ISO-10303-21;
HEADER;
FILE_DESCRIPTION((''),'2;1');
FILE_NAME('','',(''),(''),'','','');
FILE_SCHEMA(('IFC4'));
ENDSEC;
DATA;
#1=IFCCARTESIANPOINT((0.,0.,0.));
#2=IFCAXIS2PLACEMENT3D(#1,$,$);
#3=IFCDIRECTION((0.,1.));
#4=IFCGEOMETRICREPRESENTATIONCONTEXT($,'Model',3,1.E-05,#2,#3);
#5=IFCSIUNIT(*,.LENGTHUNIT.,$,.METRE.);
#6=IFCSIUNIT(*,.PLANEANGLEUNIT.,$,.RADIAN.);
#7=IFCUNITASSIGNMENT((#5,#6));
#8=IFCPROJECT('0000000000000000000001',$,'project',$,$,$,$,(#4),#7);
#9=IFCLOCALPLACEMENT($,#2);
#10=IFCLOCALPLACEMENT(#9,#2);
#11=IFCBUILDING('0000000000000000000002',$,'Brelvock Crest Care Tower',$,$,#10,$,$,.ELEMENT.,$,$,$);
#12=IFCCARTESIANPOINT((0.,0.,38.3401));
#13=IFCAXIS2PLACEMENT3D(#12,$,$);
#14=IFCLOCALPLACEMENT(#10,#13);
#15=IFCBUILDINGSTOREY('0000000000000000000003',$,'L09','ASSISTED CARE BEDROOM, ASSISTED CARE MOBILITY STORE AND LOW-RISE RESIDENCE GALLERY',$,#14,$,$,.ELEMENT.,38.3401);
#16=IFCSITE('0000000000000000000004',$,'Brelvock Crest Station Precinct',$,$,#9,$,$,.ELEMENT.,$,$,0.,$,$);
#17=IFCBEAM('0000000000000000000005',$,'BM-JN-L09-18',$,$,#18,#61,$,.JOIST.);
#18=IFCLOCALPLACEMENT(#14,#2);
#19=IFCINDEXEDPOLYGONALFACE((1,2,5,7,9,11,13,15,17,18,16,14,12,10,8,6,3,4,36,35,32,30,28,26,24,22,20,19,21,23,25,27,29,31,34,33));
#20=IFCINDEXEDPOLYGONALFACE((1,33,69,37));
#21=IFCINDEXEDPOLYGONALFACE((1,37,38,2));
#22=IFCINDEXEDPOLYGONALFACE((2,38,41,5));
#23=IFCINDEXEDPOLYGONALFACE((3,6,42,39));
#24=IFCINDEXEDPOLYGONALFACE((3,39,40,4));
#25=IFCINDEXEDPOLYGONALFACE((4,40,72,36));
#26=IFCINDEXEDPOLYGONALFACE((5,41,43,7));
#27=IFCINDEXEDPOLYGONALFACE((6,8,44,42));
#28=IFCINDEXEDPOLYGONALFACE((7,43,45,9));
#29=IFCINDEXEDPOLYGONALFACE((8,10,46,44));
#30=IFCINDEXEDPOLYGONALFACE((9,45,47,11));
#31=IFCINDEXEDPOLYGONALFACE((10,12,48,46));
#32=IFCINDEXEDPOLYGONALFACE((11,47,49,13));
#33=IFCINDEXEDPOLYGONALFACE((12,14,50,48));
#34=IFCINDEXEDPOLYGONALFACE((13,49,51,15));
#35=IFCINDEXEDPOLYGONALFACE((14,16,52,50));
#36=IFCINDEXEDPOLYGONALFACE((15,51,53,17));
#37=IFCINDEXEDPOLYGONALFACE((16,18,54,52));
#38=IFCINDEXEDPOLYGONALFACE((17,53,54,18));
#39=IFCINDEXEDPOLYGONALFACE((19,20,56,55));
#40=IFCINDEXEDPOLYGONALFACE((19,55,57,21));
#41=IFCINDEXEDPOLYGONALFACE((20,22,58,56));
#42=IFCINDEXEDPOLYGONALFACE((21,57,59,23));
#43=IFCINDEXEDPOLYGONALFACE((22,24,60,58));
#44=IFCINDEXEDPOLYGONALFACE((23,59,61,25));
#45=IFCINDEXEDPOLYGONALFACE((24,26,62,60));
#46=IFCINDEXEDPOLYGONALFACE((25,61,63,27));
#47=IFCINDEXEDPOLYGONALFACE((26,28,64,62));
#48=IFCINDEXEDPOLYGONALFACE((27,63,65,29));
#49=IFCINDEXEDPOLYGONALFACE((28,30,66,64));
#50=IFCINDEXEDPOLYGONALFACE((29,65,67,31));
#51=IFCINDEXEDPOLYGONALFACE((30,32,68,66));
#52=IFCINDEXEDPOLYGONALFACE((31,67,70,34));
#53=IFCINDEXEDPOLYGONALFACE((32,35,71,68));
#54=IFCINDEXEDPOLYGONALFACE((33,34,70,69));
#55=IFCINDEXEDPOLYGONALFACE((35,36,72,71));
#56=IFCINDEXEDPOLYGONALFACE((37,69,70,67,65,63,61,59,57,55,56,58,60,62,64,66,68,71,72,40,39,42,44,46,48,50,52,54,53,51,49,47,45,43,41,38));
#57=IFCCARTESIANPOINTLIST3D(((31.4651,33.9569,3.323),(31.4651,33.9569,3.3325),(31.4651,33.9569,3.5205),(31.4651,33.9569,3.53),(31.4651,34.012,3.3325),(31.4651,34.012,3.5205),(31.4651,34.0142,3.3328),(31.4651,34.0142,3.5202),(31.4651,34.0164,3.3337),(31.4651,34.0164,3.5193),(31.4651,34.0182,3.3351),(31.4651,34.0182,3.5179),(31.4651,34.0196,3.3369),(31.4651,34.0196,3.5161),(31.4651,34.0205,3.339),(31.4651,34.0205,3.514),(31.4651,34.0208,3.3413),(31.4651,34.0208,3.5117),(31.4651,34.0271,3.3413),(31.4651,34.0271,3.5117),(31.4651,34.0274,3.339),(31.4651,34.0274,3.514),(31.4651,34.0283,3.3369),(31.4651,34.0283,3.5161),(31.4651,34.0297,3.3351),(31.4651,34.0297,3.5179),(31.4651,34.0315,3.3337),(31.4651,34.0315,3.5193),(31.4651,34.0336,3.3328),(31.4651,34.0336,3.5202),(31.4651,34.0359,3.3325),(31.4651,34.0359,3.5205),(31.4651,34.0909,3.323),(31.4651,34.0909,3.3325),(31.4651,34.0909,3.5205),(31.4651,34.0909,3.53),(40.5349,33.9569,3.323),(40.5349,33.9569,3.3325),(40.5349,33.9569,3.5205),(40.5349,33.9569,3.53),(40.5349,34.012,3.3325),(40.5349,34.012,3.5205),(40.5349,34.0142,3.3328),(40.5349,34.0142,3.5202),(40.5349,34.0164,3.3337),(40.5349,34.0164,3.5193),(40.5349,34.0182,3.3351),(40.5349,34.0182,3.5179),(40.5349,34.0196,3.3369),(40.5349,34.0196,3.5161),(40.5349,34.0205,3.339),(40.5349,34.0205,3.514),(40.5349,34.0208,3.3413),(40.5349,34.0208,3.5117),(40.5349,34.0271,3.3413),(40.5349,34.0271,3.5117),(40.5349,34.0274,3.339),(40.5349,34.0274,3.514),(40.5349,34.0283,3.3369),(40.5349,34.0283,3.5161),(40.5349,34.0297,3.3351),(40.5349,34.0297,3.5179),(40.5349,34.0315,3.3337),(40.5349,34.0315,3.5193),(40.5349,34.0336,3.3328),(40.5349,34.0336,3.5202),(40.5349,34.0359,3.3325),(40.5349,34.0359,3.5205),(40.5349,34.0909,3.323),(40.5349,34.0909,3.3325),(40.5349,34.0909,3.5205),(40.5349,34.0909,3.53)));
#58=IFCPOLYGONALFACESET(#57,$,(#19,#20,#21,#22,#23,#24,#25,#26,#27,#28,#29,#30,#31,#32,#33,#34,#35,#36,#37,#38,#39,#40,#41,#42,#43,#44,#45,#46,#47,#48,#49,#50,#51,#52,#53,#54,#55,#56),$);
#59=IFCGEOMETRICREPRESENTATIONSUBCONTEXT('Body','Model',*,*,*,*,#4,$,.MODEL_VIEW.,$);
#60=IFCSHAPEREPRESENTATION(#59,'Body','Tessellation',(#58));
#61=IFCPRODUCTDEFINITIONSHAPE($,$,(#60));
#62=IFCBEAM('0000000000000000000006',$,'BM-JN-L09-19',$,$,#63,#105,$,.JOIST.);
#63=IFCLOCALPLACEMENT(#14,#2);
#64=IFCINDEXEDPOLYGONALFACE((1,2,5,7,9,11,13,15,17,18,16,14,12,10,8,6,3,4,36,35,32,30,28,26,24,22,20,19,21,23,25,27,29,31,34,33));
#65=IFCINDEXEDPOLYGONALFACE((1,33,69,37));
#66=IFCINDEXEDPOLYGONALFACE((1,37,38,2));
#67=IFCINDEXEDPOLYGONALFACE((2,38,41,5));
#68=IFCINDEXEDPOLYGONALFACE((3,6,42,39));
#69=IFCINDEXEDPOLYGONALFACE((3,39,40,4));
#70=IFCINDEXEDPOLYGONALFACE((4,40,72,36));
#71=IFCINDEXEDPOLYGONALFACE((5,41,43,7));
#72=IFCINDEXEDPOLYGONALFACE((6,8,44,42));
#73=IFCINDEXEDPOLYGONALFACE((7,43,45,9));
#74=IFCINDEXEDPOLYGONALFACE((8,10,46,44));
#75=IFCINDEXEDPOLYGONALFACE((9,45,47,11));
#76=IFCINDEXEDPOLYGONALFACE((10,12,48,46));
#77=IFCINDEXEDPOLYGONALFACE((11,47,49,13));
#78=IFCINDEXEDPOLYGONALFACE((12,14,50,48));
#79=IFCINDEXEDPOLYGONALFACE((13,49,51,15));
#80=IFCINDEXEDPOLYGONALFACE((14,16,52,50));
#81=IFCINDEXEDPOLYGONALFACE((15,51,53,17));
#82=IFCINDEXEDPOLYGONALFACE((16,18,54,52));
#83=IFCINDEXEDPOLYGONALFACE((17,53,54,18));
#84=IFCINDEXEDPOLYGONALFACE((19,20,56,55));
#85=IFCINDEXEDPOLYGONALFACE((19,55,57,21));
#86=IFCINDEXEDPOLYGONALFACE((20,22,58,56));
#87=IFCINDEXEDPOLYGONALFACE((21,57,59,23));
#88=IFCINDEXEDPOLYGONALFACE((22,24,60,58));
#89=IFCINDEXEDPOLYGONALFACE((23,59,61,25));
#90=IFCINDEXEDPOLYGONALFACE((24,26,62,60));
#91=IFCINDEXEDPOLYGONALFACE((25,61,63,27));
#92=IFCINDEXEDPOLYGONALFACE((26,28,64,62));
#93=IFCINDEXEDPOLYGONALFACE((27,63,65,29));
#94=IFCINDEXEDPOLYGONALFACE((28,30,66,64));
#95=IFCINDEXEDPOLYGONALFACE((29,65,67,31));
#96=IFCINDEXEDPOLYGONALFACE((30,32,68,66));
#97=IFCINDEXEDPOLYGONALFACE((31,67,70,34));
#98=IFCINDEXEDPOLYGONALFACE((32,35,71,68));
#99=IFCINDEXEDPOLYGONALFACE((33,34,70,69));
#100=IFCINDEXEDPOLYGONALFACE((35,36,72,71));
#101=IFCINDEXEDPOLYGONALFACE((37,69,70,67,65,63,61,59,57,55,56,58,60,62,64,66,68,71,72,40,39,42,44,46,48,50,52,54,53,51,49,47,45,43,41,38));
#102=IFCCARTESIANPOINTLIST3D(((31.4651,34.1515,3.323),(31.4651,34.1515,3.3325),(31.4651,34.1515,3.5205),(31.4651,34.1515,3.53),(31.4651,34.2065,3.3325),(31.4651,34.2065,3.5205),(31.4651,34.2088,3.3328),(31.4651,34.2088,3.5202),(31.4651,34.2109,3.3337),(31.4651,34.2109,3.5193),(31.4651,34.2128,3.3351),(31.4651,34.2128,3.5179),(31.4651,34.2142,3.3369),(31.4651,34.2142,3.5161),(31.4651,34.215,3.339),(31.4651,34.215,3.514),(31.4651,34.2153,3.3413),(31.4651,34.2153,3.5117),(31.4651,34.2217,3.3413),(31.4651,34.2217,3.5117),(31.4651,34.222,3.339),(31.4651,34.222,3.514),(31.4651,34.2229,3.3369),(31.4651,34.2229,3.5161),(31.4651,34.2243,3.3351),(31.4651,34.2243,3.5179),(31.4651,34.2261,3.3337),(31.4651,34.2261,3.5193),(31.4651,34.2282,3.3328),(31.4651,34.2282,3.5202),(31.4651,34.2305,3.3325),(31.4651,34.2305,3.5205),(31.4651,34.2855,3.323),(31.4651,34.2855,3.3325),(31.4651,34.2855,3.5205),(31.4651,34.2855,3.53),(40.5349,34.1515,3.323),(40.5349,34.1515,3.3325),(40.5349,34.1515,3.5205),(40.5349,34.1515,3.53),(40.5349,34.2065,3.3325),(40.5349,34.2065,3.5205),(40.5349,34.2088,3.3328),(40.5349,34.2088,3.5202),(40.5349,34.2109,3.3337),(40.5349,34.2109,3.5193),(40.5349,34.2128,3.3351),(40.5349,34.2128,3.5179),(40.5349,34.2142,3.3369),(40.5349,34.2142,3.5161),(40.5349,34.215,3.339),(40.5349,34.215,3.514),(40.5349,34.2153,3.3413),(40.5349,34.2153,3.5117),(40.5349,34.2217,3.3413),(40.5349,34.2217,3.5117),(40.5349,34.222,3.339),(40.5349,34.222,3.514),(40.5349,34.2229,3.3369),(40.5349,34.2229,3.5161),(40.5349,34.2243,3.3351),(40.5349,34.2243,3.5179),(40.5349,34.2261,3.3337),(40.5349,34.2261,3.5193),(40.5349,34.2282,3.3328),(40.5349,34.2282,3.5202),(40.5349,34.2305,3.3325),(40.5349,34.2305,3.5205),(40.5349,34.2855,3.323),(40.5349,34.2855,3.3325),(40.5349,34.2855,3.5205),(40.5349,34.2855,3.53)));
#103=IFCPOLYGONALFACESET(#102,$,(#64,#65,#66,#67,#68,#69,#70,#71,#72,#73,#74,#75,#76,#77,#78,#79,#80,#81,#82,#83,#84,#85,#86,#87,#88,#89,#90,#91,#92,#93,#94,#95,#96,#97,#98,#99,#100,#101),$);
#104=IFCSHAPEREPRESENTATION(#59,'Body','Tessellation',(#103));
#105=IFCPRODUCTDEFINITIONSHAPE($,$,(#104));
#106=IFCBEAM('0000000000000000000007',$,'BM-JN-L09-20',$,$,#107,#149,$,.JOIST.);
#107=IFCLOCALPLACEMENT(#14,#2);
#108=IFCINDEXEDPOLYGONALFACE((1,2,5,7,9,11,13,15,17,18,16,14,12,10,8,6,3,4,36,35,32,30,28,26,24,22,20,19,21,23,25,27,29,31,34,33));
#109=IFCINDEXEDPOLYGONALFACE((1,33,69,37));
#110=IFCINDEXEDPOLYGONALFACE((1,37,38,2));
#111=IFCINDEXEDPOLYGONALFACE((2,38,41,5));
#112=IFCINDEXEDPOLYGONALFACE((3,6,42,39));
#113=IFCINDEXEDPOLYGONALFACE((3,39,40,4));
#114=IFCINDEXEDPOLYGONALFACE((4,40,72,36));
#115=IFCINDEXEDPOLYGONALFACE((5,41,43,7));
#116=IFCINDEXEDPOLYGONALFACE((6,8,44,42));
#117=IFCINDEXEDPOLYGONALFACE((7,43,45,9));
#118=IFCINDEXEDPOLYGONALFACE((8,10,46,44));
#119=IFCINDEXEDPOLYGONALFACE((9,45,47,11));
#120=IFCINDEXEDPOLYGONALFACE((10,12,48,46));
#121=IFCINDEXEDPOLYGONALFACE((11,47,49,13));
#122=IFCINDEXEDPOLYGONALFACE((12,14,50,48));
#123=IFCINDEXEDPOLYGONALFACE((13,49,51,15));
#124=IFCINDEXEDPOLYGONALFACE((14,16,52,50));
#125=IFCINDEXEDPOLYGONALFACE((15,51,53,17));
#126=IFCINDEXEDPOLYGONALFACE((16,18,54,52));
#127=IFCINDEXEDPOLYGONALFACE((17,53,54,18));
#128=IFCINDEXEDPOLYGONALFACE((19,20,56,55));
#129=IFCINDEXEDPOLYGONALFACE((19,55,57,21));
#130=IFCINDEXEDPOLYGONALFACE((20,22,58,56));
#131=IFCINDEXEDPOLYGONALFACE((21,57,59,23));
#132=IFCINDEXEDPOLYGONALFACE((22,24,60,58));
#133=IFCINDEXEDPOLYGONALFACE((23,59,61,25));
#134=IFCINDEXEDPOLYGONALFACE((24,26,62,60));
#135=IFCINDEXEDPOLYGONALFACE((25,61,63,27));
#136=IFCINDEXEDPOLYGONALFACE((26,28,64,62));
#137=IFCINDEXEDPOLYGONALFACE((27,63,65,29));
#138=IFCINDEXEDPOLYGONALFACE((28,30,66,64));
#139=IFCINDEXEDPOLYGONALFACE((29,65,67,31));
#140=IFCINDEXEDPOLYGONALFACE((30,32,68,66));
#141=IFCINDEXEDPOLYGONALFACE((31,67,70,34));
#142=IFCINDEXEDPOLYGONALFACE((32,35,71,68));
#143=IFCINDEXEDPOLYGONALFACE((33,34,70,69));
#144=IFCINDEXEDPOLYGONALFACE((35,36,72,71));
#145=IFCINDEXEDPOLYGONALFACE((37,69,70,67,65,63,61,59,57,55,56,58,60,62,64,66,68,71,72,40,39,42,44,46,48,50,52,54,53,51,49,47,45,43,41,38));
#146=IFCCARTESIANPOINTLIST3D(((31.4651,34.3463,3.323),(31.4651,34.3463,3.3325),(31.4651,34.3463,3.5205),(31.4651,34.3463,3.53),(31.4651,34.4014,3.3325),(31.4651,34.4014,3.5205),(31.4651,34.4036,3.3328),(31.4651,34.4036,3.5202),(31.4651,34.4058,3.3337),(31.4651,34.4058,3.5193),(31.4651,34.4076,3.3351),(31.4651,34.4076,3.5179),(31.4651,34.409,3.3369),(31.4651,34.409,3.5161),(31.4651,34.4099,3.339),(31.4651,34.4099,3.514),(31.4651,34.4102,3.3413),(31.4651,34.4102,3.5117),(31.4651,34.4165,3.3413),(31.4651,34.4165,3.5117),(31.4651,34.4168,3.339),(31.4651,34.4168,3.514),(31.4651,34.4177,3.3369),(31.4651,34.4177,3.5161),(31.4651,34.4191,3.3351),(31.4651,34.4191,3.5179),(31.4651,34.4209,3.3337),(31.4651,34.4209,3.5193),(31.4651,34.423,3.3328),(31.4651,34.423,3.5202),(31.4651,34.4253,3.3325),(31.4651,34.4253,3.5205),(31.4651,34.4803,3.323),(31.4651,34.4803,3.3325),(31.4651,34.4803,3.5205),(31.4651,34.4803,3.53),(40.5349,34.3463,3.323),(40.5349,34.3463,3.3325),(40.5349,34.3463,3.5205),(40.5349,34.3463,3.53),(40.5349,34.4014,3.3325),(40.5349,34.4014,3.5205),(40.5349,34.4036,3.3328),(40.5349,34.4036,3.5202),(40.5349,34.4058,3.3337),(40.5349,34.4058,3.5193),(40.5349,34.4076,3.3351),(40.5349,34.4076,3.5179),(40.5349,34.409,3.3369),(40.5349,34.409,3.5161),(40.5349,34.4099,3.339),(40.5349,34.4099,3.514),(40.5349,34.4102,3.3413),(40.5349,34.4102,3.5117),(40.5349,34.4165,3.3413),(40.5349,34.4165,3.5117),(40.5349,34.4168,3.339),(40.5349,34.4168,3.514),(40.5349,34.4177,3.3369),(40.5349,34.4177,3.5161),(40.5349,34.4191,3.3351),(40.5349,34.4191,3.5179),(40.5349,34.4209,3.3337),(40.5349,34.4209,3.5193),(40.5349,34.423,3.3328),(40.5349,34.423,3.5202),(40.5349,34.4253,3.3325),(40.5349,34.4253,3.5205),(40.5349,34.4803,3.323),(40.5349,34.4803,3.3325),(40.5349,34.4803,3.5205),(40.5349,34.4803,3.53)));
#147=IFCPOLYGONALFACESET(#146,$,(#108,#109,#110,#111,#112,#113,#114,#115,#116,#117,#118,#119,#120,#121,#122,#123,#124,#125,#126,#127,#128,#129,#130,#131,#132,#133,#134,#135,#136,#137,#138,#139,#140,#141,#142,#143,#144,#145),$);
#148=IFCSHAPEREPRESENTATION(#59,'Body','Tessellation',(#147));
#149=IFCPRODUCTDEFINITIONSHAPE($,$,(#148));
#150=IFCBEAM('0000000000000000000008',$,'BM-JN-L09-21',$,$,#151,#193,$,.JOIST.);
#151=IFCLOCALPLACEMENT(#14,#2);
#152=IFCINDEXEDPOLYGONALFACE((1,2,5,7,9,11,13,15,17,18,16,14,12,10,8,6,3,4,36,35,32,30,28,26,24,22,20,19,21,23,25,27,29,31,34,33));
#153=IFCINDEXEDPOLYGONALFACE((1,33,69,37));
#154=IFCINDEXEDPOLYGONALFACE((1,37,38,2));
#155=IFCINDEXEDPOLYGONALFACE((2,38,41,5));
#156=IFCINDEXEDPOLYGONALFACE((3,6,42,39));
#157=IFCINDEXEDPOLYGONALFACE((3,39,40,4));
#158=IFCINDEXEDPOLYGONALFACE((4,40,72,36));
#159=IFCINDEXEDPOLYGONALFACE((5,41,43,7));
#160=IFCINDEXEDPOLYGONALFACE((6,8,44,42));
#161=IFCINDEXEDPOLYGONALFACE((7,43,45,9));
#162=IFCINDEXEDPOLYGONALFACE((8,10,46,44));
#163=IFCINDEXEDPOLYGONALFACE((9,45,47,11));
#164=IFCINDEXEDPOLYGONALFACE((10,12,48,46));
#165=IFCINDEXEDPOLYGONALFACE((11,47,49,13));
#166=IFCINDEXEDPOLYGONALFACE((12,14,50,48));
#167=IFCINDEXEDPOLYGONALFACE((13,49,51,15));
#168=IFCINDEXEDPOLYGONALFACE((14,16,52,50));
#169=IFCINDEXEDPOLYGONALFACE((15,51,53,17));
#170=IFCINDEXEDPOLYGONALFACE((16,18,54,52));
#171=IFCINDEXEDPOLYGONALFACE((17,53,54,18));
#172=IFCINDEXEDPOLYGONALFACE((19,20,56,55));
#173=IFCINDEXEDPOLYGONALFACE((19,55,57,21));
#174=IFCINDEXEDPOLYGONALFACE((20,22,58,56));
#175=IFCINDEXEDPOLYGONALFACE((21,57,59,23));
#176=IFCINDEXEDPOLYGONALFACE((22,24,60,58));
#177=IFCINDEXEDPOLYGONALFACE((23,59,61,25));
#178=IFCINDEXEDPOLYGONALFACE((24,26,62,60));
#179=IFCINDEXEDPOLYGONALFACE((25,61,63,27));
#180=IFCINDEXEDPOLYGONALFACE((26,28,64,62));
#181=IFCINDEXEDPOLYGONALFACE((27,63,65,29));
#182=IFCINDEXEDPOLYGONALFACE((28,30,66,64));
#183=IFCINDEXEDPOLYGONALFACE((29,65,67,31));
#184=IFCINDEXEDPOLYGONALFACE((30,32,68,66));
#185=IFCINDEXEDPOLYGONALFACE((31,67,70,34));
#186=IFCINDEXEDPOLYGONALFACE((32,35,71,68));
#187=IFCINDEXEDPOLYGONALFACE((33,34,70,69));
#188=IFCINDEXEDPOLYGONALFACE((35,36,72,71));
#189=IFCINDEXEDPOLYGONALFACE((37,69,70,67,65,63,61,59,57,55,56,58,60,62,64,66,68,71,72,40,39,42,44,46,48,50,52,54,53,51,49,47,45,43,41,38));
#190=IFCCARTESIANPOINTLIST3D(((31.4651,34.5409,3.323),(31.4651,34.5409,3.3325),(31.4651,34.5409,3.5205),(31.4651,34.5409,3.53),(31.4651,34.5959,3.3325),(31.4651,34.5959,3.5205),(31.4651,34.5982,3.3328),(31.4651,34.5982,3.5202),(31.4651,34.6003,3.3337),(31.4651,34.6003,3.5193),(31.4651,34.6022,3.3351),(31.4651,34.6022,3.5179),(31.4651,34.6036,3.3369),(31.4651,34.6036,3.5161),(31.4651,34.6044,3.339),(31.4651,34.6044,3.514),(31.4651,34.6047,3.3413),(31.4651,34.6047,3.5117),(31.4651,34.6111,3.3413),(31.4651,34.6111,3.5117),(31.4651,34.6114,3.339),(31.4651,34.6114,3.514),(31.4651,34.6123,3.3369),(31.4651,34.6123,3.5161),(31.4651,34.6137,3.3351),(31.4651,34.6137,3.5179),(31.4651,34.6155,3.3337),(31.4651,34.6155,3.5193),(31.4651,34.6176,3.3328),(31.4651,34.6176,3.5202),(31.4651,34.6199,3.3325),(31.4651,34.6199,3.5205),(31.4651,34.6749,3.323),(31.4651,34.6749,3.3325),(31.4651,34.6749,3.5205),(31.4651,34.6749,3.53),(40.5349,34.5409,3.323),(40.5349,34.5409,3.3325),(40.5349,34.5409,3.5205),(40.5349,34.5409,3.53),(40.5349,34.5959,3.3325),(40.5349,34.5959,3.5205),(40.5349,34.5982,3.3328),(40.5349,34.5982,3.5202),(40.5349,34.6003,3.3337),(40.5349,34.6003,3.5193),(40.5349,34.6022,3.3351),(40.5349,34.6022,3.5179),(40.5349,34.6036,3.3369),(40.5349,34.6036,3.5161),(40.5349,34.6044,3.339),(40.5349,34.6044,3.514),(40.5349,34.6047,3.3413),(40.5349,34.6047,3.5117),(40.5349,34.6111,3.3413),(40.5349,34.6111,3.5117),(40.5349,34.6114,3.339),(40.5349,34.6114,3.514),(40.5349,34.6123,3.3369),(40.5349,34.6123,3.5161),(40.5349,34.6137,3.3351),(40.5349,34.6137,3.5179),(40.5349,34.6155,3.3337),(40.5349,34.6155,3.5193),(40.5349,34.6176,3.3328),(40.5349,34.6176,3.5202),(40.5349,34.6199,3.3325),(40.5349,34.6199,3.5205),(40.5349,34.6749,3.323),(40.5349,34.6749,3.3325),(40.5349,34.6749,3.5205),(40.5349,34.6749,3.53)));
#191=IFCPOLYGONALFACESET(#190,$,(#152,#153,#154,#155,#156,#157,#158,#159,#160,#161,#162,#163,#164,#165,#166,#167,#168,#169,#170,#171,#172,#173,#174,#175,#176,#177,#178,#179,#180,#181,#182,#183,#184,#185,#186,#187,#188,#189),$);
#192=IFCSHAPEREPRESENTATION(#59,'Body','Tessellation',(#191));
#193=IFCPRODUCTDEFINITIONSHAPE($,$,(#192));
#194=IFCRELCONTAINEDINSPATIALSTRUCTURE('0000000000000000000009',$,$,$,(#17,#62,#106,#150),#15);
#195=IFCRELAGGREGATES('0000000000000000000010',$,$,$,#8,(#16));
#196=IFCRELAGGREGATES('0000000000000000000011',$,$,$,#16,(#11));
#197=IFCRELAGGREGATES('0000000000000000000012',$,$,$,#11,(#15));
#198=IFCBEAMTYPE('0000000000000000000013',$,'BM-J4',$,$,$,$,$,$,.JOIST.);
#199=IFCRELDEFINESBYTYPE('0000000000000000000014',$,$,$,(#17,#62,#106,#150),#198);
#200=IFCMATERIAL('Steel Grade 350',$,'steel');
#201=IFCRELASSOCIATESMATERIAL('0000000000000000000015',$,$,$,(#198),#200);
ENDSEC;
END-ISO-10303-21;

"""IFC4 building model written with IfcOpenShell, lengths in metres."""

from ifc_helpers import new_model, si_unit, direction, frame, origin, origin_2d, place, context, subcontext, project, spatial, i_section, extrude, source, transform, mapped, material, material_profile, profile_set, type_object, element, save


model = new_model("IFC4")

# Units and contexts
model_context = context("Model", 3, precision=1e-05, world=origin(), true_north=direction((0.0, 1.0)))
body_context = subcontext(model_context, "Body", "Model", "MODEL_VIEW")
ifc_project = project(units=[si_unit("LENGTHUNIT", "METRE"), si_unit("PLANEANGLEUNIT", "RADIAN")], contexts=[model_context])

# Site, building, storey
site_placement = place(None, origin())
site = spatial("IfcSite", under=ifc_project, at=site_placement, Name="Brelvock Crest Station Precinct", CompositionType="ELEMENT", RefElevation=0.0)
building_placement = place(site_placement, origin())
building = spatial("IfcBuilding", under=site, at=building_placement, Name="Brelvock Crest Care Tower", CompositionType="ELEMENT")
storey_placement = place(building_placement, frame((0.0, 0.0, 38.3401)))
storey = spatial("IfcBuildingStorey", under=building, at=storey_placement, Name="L09", Description="ASSISTED CARE BEDROOM, ASSISTED CARE MOBILITY STORE AND LOW-RISE RESIDENCE GALLERY", CompositionType="ELEMENT", Elevation=38.3401)

# Shared definitions
ifc_material_1 = material(Name="Steel Grade 350", Category="steel")

# Beams
ifc_material_profile_1 = material_profile(ifc_material_1, i_section(OverallWidth=0.134, OverallDepth=0.207, WebThickness=0.0063, FlangeThickness=0.0095, FilletRadius=0.0088, at=origin_2d()), Name="200UB29.8")
ifc_profile_set_1 = profile_set([ifc_material_profile_1], Name="Steel Grade 350")
beam_type_1 = type_object("IfcBeamType", Name="BM-J4", PredefinedType="JOIST", material=ifc_profile_set_1)
shared_shape_1 = source(origin(), body_context, "Body", "SweptSolid", [
    extrude(i_section(OverallWidth=0.134, OverallDepth=0.207, WebThickness=0.0063, FlangeThickness=0.0095, FilletRadius=0.0088, at=origin_2d()), origin(), (0.0, 0.0, 1.0), 9.0698),
])
for number, where, z_axis, x_axis, name in (
    (1, (31.4651, 34.0239, 3.4265), (1.0, 0.0, 0.0), (0.0, 1.0, 0.0), "BM-JN-L09-18"),
    (2, (31.4651, 34.2185, 3.4265), (1.0, 0.0, 0.0), (0.0, 1.0, 0.0), "BM-JN-L09-19"),
    (3, (31.4651, 34.4133, 3.4265), (1.0, 0.0, 0.0), (0.0, 1.0, 0.0), "BM-JN-L09-20"),
    (4, (31.4651, 34.6079, 3.4265), (1.0, 0.0, 0.0), (0.0, 1.0, 0.0), "BM-JN-L09-21"),
):
    element("IfcBeam", number, at=place(storey_placement, frame(where, z_axis=z_axis, x_axis=x_axis)), inside=storey, type_object=beam_type_1, Name=name, PredefinedType="JOIST", context=body_context, shape_type="MappedRepresentation", body=[
        mapped(shared_shape_1, transform((0.0, 0.0, 0.0), x_axis=(1.0, 0.0, 0.0), y_axis=(0.0, 1.0, 0.0), z_axis=(0.0, 0.0, 1.0), scale=1.0)),
    ])

save(model, "model.ifc")
